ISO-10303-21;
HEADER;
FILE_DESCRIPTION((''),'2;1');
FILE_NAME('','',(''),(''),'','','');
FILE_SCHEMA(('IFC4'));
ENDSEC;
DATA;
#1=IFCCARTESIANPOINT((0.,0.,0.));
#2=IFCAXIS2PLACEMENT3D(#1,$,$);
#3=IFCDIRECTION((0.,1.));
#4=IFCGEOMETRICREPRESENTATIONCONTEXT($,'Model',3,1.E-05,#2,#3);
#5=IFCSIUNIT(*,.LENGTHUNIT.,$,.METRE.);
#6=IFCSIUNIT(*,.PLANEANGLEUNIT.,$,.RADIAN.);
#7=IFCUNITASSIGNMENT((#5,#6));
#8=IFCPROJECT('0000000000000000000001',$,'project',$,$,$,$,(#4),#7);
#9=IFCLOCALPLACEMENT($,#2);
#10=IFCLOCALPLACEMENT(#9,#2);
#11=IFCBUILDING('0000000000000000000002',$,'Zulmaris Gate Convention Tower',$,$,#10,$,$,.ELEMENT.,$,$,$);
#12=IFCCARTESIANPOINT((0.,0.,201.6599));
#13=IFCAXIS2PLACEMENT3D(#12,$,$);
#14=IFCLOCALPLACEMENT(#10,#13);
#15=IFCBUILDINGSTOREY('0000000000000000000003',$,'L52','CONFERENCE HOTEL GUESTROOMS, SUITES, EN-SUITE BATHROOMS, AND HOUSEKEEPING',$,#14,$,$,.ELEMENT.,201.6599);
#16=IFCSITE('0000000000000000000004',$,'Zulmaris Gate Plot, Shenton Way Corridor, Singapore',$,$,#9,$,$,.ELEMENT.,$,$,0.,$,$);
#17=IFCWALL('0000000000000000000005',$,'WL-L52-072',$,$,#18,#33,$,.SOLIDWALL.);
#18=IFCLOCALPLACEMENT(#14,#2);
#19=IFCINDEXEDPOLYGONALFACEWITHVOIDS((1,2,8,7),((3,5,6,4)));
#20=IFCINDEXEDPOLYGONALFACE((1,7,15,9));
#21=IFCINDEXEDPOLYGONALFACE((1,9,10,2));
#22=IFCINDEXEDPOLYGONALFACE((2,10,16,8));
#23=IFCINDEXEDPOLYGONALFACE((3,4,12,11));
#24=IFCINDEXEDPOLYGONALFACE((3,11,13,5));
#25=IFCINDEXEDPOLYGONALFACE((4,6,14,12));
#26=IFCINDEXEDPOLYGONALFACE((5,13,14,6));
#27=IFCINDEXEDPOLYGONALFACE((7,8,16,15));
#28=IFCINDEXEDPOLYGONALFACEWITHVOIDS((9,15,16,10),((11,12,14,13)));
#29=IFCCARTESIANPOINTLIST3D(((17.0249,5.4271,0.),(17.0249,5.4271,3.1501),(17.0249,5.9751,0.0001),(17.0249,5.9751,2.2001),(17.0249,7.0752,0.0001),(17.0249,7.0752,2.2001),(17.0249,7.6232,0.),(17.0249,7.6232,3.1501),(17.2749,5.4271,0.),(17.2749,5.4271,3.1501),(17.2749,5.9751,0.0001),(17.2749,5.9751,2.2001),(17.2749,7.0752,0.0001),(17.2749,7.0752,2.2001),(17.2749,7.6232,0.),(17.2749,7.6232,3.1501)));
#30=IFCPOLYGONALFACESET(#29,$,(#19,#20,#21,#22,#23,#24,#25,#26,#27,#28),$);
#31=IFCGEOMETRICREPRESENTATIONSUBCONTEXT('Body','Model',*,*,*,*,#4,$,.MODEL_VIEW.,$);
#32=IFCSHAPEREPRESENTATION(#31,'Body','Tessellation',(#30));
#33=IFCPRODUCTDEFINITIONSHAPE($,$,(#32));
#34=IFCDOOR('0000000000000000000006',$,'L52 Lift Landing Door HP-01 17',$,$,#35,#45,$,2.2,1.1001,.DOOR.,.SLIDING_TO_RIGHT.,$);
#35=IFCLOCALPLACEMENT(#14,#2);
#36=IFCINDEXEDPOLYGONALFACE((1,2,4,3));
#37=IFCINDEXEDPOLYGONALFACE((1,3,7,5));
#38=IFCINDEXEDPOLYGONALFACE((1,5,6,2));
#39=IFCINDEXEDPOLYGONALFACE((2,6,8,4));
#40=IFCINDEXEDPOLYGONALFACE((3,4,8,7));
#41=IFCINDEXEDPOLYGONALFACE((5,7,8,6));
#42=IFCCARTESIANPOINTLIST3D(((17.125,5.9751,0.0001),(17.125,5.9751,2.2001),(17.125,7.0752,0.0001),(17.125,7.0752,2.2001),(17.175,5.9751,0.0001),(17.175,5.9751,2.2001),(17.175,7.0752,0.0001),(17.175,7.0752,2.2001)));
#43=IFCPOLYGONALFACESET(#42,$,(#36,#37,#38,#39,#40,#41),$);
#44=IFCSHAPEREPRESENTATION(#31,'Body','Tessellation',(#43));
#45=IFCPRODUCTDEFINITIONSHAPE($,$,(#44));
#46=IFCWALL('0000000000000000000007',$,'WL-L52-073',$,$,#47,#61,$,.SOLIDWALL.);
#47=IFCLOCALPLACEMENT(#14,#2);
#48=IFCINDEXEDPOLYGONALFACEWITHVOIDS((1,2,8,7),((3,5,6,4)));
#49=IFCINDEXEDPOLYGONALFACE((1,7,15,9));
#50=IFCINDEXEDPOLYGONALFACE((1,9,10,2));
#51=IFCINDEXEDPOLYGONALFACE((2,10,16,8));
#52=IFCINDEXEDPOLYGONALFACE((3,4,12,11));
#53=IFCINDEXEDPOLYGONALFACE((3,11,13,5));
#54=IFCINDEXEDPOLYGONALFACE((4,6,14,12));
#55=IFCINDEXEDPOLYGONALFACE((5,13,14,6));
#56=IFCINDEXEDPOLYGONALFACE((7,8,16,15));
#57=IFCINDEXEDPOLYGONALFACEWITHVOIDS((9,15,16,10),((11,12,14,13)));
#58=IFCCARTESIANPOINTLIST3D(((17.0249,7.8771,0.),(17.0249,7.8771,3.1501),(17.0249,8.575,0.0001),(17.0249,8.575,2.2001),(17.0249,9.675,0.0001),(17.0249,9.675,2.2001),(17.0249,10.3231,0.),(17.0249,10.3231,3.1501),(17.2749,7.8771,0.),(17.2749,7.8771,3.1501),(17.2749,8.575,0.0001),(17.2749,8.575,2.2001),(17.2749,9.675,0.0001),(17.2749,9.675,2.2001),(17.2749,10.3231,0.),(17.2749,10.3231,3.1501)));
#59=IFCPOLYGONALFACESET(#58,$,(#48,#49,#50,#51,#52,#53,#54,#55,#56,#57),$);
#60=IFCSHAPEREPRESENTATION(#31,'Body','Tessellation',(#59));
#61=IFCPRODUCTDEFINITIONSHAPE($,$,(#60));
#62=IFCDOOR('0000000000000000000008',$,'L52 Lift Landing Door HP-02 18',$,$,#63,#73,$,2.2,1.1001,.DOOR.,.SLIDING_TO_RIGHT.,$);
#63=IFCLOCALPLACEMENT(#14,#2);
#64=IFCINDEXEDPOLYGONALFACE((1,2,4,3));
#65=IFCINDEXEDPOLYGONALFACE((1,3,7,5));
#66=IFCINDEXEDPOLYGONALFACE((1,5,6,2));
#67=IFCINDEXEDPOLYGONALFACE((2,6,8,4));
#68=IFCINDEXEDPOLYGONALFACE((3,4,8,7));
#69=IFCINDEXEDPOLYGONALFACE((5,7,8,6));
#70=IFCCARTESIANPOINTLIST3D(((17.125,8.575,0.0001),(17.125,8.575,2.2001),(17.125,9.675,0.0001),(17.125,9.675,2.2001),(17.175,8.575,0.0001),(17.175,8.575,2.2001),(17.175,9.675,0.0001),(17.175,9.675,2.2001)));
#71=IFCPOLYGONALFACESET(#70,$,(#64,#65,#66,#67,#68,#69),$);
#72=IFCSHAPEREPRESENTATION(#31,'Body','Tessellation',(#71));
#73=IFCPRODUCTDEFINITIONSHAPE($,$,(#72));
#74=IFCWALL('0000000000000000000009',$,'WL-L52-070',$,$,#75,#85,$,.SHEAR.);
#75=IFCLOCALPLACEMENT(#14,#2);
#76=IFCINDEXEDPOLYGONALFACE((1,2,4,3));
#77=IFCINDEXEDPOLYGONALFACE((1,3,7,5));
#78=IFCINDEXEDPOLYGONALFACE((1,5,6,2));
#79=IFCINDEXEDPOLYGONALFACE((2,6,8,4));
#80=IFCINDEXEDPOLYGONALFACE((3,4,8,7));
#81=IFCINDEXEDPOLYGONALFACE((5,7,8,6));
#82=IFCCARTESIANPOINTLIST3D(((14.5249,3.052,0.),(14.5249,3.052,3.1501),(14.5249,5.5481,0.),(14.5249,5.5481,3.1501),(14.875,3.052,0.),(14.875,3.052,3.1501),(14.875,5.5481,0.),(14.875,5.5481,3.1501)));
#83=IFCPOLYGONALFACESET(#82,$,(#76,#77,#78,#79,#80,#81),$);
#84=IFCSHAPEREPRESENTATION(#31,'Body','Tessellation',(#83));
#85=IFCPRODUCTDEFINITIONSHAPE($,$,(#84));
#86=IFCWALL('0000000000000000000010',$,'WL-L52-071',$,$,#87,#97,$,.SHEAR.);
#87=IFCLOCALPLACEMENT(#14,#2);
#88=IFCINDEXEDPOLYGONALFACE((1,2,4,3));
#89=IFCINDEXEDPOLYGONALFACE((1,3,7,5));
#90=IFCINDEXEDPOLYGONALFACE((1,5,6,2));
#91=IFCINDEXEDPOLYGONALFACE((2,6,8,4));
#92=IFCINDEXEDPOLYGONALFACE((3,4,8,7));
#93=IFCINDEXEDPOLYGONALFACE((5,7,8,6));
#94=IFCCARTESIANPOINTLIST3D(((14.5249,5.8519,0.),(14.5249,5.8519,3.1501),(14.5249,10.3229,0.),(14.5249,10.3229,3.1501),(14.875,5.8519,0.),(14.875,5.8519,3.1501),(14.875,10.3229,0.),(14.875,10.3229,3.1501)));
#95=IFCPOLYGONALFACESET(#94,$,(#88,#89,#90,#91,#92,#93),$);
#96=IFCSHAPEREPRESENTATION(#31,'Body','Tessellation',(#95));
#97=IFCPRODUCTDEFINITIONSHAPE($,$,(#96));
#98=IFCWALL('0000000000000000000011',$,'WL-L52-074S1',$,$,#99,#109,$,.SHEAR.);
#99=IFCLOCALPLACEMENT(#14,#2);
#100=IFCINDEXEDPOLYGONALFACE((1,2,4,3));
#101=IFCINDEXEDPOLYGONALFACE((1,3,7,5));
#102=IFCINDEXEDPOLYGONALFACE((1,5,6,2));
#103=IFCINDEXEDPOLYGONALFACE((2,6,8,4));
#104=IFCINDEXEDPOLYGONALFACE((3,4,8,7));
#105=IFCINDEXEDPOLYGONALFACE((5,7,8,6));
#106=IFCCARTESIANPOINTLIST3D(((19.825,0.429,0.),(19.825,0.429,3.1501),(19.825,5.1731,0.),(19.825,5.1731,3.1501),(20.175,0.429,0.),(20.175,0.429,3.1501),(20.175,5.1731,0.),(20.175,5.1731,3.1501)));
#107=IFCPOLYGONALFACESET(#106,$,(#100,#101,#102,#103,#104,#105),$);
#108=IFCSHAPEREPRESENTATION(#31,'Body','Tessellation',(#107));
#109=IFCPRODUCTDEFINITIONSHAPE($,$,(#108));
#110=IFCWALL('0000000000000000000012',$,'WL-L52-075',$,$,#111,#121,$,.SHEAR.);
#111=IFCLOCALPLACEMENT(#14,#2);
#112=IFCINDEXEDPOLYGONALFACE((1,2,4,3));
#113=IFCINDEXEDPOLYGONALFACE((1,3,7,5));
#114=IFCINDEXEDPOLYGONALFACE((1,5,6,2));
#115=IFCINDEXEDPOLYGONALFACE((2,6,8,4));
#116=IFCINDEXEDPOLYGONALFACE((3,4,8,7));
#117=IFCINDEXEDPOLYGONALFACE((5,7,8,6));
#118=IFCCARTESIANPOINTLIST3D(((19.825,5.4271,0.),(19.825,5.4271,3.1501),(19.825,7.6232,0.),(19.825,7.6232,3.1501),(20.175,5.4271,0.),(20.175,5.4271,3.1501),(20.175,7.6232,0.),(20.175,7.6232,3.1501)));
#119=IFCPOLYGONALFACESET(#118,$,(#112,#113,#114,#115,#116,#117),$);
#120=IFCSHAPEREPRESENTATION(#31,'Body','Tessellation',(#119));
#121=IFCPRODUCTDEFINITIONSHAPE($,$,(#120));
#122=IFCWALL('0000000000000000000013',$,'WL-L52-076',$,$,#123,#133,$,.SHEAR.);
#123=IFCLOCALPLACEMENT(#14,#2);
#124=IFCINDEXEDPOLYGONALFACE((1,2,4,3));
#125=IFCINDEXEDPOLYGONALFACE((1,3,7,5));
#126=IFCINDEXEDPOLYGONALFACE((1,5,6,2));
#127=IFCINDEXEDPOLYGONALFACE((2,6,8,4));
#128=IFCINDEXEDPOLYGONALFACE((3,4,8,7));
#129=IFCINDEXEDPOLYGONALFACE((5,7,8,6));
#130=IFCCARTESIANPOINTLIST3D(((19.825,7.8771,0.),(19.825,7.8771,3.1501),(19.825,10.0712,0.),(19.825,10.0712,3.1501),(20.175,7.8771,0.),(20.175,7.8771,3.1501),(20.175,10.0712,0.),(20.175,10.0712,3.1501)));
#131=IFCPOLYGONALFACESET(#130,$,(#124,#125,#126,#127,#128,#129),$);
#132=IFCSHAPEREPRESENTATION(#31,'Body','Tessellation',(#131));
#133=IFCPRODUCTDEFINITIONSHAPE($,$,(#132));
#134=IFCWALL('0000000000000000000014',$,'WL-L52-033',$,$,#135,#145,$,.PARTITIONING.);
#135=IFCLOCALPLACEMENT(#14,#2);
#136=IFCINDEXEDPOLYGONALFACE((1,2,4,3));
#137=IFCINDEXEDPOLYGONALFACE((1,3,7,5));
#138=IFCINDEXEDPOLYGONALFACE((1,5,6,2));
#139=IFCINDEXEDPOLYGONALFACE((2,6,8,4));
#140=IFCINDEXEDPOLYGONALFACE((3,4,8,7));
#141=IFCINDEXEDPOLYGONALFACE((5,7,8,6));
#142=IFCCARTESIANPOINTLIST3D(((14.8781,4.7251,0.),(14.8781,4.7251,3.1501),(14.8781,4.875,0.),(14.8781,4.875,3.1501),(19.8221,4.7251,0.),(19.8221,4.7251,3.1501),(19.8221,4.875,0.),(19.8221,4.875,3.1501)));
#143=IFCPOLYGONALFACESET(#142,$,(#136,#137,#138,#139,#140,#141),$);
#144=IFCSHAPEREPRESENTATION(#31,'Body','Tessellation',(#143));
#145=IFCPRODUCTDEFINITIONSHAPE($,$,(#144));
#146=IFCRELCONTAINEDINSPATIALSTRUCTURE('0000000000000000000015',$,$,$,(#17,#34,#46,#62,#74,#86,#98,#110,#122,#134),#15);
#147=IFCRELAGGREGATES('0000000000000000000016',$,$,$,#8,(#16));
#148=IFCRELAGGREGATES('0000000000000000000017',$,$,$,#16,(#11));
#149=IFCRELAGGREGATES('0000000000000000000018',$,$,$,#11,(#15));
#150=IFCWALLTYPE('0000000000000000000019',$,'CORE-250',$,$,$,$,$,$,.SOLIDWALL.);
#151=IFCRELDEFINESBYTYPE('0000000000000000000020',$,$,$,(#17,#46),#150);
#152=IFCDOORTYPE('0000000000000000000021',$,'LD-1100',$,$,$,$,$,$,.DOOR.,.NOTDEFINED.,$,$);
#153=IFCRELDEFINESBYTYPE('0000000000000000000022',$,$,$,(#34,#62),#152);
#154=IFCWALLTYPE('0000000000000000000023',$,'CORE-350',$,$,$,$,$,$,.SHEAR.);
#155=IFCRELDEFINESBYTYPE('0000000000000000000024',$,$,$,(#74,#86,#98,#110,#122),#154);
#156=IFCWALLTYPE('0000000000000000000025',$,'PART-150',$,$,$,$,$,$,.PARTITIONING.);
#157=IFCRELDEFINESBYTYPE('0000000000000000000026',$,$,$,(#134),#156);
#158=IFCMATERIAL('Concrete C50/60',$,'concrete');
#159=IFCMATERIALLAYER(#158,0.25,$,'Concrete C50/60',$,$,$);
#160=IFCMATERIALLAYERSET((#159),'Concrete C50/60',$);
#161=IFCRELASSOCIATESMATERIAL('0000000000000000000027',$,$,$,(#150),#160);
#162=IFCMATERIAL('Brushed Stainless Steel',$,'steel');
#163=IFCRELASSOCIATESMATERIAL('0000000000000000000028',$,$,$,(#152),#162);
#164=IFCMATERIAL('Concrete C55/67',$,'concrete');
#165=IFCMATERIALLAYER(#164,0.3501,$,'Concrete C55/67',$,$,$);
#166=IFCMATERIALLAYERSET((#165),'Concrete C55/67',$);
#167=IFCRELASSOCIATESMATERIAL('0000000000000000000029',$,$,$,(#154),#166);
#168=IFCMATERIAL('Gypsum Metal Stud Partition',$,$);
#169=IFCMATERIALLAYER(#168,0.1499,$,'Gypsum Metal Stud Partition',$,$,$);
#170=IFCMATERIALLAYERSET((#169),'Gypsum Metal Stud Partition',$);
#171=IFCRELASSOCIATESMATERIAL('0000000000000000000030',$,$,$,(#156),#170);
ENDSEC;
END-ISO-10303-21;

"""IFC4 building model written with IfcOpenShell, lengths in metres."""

from ifc_helpers import new_model, si_unit, direction, frame, frame_2d, origin, place, context, subcontext, project, spatial, rectangle, extrude, material, layer, layer_set, type_object, element, fill, save


model = new_model("IFC4")

# Units and contexts
model_context = context("Model", 3, precision=1e-05, world=origin(), true_north=direction((0.0, 1.0)))
body_context = subcontext(model_context, "Body", "Model", "MODEL_VIEW")
ifc_project = project(units=[si_unit("LENGTHUNIT", "METRE"), si_unit("PLANEANGLEUNIT", "RADIAN")], contexts=[model_context])

# Site, building, storey
site_placement = place(None, origin())
site = spatial("IfcSite", under=ifc_project, at=site_placement, Name="Zulmaris Gate Plot, Shenton Way Corridor, Singapore", CompositionType="ELEMENT", RefElevation=0.0)
building_placement = place(site_placement, origin())
building = spatial("IfcBuilding", under=site, at=building_placement, Name="Zulmaris Gate Convention Tower", CompositionType="ELEMENT")
storey_placement = place(building_placement, frame((0.0, 0.0, 201.6599)))
storey = spatial("IfcBuildingStorey", under=building, at=storey_placement, Name="L52", Description="CONFERENCE HOTEL GUESTROOMS, SUITES, EN-SUITE BATHROOMS, AND HOUSEKEEPING", CompositionType="ELEMENT", Elevation=201.6599)

# Shared definitions
ifc_material_1 = material(Name="Concrete C50/60", Category="concrete")

# Shared definitions
ifc_layer_1 = layer(ifc_material_1, 0.25, Name="Concrete C50/60")
ifc_layer_set_1 = layer_set([ifc_layer_1], Name="Concrete C50/60")
wall_type_1 = type_object("IfcWallType", Name="CORE-250", PredefinedType="SOLIDWALL", material=ifc_layer_set_1)

# Walls, openings, doors
wall_1_placement = place(storey_placement, frame((17.1499, 5.427, 0.0), z_axis=(0.0, 0.0, 1.0), x_axis=(0.0, 1.0, 0.0)))
wall_1 = element("IfcWall", 1, at=wall_1_placement, inside=storey, type_object=wall_type_1, Name="WL-L52-072", PredefinedType="SOLIDWALL", context=body_context, shape_type="SweptSolid", body=[
    extrude(rectangle(XDim=2.196, YDim=0.25, at=frame_2d((1.0981, 0.0))), origin(), (0.0, 0.0, 1.0), 3.1501),
])
opening_1_placement = place(wall_1_placement, frame((0.5481, 0.0, 0.0)))
opening_1 = element("IfcOpeningElement", 2, at=opening_1_placement, cuts=wall_1, PredefinedType="OPENING", context=body_context, shape_type="SweptSolid", body=[
    extrude(rectangle(XDim=1.1001, YDim=2.2, at=frame_2d((0.55, 1.1001))), frame((0.0, 0.135, 0.0), z_axis=(0.0, -1.0, 0.0), x_axis=(1.0, 0.0, 0.0)), (0.0, 0.0, 1.0), 0.27),
])
ifc_material_2 = material(Name="Brushed Stainless Steel", Category="steel")
door_type_1 = type_object("IfcDoorType", Name="LD-1100", OperationType="NOTDEFINED", PredefinedType="DOOR", material=ifc_material_2)
door_1_placement = place(opening_1_placement, origin())
door_1 = element("IfcDoor", 3, at=door_1_placement, inside=storey, type_object=door_type_1, Name="L52 Lift Landing Door HP-01 17", OperationType="SLIDING_TO_RIGHT", OverallHeight=2.2, OverallWidth=1.1001, PredefinedType="DOOR", context=body_context, shape_type="SweptSolid", body=[
    extrude(rectangle(XDim=1.1001, YDim=2.2, at=frame_2d((0.55, 1.1001))), frame((0.0, 0.0249, 0.0), z_axis=(0.0, -1.0, 0.0), x_axis=(1.0, 0.0, 0.0)), (0.0, 0.0, 1.0), 0.05),
])
fill(opening_1, door_1)
wall_2_placement = place(storey_placement, frame((17.1499, 7.877, 0.0), z_axis=(0.0, 0.0, 1.0), x_axis=(0.0, 1.0, 0.0)))
wall_2 = element("IfcWall", 4, at=wall_2_placement, inside=storey, type_object=wall_type_1, Name="WL-L52-073", PredefinedType="SOLIDWALL", context=body_context, shape_type="SweptSolid", body=[
    extrude(rectangle(XDim=2.446, YDim=0.25, at=frame_2d((1.2231, 0.0))), origin(), (0.0, 0.0, 1.0), 3.1501),
])
opening_2_placement = place(wall_2_placement, frame((0.698, 0.0, 0.0)))
opening_2 = element("IfcOpeningElement", 5, at=opening_2_placement, cuts=wall_2, PredefinedType="OPENING", context=body_context, shape_type="SweptSolid", body=[
    extrude(rectangle(XDim=1.1001, YDim=2.2, at=frame_2d((0.55, 1.1001))), frame((0.0, 0.135, 0.0), z_axis=(0.0, -1.0, 0.0), x_axis=(1.0, 0.0, 0.0)), (0.0, 0.0, 1.0), 0.27),
])
door_2_placement = place(opening_2_placement, origin())
door_2 = element("IfcDoor", 6, at=door_2_placement, inside=storey, type_object=door_type_1, Name="L52 Lift Landing Door HP-02 18", OperationType="SLIDING_TO_RIGHT", OverallHeight=2.2, OverallWidth=1.1001, PredefinedType="DOOR", context=body_context, shape_type="SweptSolid", body=[
    extrude(rectangle(XDim=1.1001, YDim=2.2, at=frame_2d((0.55, 1.1001))), frame((0.0, 0.0249, 0.0), z_axis=(0.0, -1.0, 0.0), x_axis=(1.0, 0.0, 0.0)), (0.0, 0.0, 1.0), 0.05),
])
fill(opening_2, door_2)

# Walls
ifc_material_3 = material(Name="Concrete C55/67", Category="concrete")
ifc_layer_2 = layer(ifc_material_3, 0.3501, Name="Concrete C55/67")
ifc_layer_set_2 = layer_set([ifc_layer_2], Name="Concrete C55/67")
wall_type_2 = type_object("IfcWallType", Name="CORE-350", PredefinedType="SHEAR", material=ifc_layer_set_2)
wall_3_placement = place(storey_placement, frame((14.7, 3.052, 0.0), z_axis=(0.0, 0.0, 1.0), x_axis=(0.0, 1.0, 0.0)))
element("IfcWall", 7, at=wall_3_placement, inside=storey, type_object=wall_type_2, Name="WL-L52-070", PredefinedType="SHEAR", context=body_context, shape_type="SweptSolid", body=[
    extrude(rectangle(XDim=2.4961, YDim=0.3501, at=frame_2d((1.248, 0.0))), origin(), (0.0, 0.0, 1.0), 3.1501),
])
wall_4_placement = place(storey_placement, frame((14.7, 5.8521, 0.0), z_axis=(0.0, 0.0, 1.0), x_axis=(0.0, 1.0, 0.0)))
element("IfcWall", 8, at=wall_4_placement, inside=storey, type_object=wall_type_2, Name="WL-L52-071", PredefinedType="SHEAR", context=body_context, shape_type="SweptSolid", body=[
    extrude(rectangle(XDim=4.4709, YDim=0.3501, at=frame_2d((2.2354, 0.0))), origin(), (0.0, 0.0, 1.0), 3.1501),
])
wall_5_placement = place(storey_placement, frame((20.0, 0.429, 0.0), z_axis=(0.0, 0.0, 1.0), x_axis=(0.0, 1.0, 0.0)))
element("IfcWall", 9, at=wall_5_placement, inside=storey, type_object=wall_type_2, Name="WL-L52-074S1", PredefinedType="SHEAR", context=body_context, shape_type="SweptSolid", body=[
    extrude(rectangle(XDim=4.7441, YDim=0.3501, at=frame_2d((2.3721, 0.0))), origin(), (0.0, 0.0, 1.0), 3.1501),
])
wall_6_placement = place(storey_placement, frame((20.0, 5.427, 0.0), z_axis=(0.0, 0.0, 1.0), x_axis=(0.0, 1.0, 0.0)))
element("IfcWall", 10, at=wall_6_placement, inside=storey, type_object=wall_type_2, Name="WL-L52-075", PredefinedType="SHEAR", context=body_context, shape_type="SweptSolid", body=[
    extrude(rectangle(XDim=2.196, YDim=0.3501, at=frame_2d((1.0981, 0.0))), origin(), (0.0, 0.0, 1.0), 3.1501),
])
wall_7_placement = place(storey_placement, frame((20.0, 7.877, 0.0), z_axis=(0.0, 0.0, 1.0), x_axis=(0.0, 1.0, 0.0)))
element("IfcWall", 11, at=wall_7_placement, inside=storey, type_object=wall_type_2, Name="WL-L52-076", PredefinedType="SHEAR", context=body_context, shape_type="SweptSolid", body=[
    extrude(rectangle(XDim=2.1941, YDim=0.3501, at=frame_2d((1.0972, 0.0))), origin(), (0.0, 0.0, 1.0), 3.1501),
])
ifc_material_4 = material(Name="Gypsum Metal Stud Partition")
ifc_layer_3 = layer(ifc_material_4, 0.1499, Name="Gypsum Metal Stud Partition")
ifc_layer_set_3 = layer_set([ifc_layer_3], Name="Gypsum Metal Stud Partition")
wall_type_3 = type_object("IfcWallType", Name="PART-150", PredefinedType="PARTITIONING", material=ifc_layer_set_3)
wall_8_placement = place(storey_placement, frame((14.8779, 4.8, 0.0), z_axis=(0.0, 0.0, 1.0), x_axis=(1.0, 0.0, 0.0)))
element("IfcWall", 12, at=wall_8_placement, inside=storey, type_object=wall_type_3, Name="WL-L52-033", PredefinedType="PARTITIONING", context=body_context, shape_type="SweptSolid", body=[
    extrude(rectangle(XDim=4.9441, YDim=0.1499, at=frame_2d((2.4722, 0.0))), origin(), (0.0, 0.0, 1.0), 3.1501),
])

save(model, "model.ifc")
